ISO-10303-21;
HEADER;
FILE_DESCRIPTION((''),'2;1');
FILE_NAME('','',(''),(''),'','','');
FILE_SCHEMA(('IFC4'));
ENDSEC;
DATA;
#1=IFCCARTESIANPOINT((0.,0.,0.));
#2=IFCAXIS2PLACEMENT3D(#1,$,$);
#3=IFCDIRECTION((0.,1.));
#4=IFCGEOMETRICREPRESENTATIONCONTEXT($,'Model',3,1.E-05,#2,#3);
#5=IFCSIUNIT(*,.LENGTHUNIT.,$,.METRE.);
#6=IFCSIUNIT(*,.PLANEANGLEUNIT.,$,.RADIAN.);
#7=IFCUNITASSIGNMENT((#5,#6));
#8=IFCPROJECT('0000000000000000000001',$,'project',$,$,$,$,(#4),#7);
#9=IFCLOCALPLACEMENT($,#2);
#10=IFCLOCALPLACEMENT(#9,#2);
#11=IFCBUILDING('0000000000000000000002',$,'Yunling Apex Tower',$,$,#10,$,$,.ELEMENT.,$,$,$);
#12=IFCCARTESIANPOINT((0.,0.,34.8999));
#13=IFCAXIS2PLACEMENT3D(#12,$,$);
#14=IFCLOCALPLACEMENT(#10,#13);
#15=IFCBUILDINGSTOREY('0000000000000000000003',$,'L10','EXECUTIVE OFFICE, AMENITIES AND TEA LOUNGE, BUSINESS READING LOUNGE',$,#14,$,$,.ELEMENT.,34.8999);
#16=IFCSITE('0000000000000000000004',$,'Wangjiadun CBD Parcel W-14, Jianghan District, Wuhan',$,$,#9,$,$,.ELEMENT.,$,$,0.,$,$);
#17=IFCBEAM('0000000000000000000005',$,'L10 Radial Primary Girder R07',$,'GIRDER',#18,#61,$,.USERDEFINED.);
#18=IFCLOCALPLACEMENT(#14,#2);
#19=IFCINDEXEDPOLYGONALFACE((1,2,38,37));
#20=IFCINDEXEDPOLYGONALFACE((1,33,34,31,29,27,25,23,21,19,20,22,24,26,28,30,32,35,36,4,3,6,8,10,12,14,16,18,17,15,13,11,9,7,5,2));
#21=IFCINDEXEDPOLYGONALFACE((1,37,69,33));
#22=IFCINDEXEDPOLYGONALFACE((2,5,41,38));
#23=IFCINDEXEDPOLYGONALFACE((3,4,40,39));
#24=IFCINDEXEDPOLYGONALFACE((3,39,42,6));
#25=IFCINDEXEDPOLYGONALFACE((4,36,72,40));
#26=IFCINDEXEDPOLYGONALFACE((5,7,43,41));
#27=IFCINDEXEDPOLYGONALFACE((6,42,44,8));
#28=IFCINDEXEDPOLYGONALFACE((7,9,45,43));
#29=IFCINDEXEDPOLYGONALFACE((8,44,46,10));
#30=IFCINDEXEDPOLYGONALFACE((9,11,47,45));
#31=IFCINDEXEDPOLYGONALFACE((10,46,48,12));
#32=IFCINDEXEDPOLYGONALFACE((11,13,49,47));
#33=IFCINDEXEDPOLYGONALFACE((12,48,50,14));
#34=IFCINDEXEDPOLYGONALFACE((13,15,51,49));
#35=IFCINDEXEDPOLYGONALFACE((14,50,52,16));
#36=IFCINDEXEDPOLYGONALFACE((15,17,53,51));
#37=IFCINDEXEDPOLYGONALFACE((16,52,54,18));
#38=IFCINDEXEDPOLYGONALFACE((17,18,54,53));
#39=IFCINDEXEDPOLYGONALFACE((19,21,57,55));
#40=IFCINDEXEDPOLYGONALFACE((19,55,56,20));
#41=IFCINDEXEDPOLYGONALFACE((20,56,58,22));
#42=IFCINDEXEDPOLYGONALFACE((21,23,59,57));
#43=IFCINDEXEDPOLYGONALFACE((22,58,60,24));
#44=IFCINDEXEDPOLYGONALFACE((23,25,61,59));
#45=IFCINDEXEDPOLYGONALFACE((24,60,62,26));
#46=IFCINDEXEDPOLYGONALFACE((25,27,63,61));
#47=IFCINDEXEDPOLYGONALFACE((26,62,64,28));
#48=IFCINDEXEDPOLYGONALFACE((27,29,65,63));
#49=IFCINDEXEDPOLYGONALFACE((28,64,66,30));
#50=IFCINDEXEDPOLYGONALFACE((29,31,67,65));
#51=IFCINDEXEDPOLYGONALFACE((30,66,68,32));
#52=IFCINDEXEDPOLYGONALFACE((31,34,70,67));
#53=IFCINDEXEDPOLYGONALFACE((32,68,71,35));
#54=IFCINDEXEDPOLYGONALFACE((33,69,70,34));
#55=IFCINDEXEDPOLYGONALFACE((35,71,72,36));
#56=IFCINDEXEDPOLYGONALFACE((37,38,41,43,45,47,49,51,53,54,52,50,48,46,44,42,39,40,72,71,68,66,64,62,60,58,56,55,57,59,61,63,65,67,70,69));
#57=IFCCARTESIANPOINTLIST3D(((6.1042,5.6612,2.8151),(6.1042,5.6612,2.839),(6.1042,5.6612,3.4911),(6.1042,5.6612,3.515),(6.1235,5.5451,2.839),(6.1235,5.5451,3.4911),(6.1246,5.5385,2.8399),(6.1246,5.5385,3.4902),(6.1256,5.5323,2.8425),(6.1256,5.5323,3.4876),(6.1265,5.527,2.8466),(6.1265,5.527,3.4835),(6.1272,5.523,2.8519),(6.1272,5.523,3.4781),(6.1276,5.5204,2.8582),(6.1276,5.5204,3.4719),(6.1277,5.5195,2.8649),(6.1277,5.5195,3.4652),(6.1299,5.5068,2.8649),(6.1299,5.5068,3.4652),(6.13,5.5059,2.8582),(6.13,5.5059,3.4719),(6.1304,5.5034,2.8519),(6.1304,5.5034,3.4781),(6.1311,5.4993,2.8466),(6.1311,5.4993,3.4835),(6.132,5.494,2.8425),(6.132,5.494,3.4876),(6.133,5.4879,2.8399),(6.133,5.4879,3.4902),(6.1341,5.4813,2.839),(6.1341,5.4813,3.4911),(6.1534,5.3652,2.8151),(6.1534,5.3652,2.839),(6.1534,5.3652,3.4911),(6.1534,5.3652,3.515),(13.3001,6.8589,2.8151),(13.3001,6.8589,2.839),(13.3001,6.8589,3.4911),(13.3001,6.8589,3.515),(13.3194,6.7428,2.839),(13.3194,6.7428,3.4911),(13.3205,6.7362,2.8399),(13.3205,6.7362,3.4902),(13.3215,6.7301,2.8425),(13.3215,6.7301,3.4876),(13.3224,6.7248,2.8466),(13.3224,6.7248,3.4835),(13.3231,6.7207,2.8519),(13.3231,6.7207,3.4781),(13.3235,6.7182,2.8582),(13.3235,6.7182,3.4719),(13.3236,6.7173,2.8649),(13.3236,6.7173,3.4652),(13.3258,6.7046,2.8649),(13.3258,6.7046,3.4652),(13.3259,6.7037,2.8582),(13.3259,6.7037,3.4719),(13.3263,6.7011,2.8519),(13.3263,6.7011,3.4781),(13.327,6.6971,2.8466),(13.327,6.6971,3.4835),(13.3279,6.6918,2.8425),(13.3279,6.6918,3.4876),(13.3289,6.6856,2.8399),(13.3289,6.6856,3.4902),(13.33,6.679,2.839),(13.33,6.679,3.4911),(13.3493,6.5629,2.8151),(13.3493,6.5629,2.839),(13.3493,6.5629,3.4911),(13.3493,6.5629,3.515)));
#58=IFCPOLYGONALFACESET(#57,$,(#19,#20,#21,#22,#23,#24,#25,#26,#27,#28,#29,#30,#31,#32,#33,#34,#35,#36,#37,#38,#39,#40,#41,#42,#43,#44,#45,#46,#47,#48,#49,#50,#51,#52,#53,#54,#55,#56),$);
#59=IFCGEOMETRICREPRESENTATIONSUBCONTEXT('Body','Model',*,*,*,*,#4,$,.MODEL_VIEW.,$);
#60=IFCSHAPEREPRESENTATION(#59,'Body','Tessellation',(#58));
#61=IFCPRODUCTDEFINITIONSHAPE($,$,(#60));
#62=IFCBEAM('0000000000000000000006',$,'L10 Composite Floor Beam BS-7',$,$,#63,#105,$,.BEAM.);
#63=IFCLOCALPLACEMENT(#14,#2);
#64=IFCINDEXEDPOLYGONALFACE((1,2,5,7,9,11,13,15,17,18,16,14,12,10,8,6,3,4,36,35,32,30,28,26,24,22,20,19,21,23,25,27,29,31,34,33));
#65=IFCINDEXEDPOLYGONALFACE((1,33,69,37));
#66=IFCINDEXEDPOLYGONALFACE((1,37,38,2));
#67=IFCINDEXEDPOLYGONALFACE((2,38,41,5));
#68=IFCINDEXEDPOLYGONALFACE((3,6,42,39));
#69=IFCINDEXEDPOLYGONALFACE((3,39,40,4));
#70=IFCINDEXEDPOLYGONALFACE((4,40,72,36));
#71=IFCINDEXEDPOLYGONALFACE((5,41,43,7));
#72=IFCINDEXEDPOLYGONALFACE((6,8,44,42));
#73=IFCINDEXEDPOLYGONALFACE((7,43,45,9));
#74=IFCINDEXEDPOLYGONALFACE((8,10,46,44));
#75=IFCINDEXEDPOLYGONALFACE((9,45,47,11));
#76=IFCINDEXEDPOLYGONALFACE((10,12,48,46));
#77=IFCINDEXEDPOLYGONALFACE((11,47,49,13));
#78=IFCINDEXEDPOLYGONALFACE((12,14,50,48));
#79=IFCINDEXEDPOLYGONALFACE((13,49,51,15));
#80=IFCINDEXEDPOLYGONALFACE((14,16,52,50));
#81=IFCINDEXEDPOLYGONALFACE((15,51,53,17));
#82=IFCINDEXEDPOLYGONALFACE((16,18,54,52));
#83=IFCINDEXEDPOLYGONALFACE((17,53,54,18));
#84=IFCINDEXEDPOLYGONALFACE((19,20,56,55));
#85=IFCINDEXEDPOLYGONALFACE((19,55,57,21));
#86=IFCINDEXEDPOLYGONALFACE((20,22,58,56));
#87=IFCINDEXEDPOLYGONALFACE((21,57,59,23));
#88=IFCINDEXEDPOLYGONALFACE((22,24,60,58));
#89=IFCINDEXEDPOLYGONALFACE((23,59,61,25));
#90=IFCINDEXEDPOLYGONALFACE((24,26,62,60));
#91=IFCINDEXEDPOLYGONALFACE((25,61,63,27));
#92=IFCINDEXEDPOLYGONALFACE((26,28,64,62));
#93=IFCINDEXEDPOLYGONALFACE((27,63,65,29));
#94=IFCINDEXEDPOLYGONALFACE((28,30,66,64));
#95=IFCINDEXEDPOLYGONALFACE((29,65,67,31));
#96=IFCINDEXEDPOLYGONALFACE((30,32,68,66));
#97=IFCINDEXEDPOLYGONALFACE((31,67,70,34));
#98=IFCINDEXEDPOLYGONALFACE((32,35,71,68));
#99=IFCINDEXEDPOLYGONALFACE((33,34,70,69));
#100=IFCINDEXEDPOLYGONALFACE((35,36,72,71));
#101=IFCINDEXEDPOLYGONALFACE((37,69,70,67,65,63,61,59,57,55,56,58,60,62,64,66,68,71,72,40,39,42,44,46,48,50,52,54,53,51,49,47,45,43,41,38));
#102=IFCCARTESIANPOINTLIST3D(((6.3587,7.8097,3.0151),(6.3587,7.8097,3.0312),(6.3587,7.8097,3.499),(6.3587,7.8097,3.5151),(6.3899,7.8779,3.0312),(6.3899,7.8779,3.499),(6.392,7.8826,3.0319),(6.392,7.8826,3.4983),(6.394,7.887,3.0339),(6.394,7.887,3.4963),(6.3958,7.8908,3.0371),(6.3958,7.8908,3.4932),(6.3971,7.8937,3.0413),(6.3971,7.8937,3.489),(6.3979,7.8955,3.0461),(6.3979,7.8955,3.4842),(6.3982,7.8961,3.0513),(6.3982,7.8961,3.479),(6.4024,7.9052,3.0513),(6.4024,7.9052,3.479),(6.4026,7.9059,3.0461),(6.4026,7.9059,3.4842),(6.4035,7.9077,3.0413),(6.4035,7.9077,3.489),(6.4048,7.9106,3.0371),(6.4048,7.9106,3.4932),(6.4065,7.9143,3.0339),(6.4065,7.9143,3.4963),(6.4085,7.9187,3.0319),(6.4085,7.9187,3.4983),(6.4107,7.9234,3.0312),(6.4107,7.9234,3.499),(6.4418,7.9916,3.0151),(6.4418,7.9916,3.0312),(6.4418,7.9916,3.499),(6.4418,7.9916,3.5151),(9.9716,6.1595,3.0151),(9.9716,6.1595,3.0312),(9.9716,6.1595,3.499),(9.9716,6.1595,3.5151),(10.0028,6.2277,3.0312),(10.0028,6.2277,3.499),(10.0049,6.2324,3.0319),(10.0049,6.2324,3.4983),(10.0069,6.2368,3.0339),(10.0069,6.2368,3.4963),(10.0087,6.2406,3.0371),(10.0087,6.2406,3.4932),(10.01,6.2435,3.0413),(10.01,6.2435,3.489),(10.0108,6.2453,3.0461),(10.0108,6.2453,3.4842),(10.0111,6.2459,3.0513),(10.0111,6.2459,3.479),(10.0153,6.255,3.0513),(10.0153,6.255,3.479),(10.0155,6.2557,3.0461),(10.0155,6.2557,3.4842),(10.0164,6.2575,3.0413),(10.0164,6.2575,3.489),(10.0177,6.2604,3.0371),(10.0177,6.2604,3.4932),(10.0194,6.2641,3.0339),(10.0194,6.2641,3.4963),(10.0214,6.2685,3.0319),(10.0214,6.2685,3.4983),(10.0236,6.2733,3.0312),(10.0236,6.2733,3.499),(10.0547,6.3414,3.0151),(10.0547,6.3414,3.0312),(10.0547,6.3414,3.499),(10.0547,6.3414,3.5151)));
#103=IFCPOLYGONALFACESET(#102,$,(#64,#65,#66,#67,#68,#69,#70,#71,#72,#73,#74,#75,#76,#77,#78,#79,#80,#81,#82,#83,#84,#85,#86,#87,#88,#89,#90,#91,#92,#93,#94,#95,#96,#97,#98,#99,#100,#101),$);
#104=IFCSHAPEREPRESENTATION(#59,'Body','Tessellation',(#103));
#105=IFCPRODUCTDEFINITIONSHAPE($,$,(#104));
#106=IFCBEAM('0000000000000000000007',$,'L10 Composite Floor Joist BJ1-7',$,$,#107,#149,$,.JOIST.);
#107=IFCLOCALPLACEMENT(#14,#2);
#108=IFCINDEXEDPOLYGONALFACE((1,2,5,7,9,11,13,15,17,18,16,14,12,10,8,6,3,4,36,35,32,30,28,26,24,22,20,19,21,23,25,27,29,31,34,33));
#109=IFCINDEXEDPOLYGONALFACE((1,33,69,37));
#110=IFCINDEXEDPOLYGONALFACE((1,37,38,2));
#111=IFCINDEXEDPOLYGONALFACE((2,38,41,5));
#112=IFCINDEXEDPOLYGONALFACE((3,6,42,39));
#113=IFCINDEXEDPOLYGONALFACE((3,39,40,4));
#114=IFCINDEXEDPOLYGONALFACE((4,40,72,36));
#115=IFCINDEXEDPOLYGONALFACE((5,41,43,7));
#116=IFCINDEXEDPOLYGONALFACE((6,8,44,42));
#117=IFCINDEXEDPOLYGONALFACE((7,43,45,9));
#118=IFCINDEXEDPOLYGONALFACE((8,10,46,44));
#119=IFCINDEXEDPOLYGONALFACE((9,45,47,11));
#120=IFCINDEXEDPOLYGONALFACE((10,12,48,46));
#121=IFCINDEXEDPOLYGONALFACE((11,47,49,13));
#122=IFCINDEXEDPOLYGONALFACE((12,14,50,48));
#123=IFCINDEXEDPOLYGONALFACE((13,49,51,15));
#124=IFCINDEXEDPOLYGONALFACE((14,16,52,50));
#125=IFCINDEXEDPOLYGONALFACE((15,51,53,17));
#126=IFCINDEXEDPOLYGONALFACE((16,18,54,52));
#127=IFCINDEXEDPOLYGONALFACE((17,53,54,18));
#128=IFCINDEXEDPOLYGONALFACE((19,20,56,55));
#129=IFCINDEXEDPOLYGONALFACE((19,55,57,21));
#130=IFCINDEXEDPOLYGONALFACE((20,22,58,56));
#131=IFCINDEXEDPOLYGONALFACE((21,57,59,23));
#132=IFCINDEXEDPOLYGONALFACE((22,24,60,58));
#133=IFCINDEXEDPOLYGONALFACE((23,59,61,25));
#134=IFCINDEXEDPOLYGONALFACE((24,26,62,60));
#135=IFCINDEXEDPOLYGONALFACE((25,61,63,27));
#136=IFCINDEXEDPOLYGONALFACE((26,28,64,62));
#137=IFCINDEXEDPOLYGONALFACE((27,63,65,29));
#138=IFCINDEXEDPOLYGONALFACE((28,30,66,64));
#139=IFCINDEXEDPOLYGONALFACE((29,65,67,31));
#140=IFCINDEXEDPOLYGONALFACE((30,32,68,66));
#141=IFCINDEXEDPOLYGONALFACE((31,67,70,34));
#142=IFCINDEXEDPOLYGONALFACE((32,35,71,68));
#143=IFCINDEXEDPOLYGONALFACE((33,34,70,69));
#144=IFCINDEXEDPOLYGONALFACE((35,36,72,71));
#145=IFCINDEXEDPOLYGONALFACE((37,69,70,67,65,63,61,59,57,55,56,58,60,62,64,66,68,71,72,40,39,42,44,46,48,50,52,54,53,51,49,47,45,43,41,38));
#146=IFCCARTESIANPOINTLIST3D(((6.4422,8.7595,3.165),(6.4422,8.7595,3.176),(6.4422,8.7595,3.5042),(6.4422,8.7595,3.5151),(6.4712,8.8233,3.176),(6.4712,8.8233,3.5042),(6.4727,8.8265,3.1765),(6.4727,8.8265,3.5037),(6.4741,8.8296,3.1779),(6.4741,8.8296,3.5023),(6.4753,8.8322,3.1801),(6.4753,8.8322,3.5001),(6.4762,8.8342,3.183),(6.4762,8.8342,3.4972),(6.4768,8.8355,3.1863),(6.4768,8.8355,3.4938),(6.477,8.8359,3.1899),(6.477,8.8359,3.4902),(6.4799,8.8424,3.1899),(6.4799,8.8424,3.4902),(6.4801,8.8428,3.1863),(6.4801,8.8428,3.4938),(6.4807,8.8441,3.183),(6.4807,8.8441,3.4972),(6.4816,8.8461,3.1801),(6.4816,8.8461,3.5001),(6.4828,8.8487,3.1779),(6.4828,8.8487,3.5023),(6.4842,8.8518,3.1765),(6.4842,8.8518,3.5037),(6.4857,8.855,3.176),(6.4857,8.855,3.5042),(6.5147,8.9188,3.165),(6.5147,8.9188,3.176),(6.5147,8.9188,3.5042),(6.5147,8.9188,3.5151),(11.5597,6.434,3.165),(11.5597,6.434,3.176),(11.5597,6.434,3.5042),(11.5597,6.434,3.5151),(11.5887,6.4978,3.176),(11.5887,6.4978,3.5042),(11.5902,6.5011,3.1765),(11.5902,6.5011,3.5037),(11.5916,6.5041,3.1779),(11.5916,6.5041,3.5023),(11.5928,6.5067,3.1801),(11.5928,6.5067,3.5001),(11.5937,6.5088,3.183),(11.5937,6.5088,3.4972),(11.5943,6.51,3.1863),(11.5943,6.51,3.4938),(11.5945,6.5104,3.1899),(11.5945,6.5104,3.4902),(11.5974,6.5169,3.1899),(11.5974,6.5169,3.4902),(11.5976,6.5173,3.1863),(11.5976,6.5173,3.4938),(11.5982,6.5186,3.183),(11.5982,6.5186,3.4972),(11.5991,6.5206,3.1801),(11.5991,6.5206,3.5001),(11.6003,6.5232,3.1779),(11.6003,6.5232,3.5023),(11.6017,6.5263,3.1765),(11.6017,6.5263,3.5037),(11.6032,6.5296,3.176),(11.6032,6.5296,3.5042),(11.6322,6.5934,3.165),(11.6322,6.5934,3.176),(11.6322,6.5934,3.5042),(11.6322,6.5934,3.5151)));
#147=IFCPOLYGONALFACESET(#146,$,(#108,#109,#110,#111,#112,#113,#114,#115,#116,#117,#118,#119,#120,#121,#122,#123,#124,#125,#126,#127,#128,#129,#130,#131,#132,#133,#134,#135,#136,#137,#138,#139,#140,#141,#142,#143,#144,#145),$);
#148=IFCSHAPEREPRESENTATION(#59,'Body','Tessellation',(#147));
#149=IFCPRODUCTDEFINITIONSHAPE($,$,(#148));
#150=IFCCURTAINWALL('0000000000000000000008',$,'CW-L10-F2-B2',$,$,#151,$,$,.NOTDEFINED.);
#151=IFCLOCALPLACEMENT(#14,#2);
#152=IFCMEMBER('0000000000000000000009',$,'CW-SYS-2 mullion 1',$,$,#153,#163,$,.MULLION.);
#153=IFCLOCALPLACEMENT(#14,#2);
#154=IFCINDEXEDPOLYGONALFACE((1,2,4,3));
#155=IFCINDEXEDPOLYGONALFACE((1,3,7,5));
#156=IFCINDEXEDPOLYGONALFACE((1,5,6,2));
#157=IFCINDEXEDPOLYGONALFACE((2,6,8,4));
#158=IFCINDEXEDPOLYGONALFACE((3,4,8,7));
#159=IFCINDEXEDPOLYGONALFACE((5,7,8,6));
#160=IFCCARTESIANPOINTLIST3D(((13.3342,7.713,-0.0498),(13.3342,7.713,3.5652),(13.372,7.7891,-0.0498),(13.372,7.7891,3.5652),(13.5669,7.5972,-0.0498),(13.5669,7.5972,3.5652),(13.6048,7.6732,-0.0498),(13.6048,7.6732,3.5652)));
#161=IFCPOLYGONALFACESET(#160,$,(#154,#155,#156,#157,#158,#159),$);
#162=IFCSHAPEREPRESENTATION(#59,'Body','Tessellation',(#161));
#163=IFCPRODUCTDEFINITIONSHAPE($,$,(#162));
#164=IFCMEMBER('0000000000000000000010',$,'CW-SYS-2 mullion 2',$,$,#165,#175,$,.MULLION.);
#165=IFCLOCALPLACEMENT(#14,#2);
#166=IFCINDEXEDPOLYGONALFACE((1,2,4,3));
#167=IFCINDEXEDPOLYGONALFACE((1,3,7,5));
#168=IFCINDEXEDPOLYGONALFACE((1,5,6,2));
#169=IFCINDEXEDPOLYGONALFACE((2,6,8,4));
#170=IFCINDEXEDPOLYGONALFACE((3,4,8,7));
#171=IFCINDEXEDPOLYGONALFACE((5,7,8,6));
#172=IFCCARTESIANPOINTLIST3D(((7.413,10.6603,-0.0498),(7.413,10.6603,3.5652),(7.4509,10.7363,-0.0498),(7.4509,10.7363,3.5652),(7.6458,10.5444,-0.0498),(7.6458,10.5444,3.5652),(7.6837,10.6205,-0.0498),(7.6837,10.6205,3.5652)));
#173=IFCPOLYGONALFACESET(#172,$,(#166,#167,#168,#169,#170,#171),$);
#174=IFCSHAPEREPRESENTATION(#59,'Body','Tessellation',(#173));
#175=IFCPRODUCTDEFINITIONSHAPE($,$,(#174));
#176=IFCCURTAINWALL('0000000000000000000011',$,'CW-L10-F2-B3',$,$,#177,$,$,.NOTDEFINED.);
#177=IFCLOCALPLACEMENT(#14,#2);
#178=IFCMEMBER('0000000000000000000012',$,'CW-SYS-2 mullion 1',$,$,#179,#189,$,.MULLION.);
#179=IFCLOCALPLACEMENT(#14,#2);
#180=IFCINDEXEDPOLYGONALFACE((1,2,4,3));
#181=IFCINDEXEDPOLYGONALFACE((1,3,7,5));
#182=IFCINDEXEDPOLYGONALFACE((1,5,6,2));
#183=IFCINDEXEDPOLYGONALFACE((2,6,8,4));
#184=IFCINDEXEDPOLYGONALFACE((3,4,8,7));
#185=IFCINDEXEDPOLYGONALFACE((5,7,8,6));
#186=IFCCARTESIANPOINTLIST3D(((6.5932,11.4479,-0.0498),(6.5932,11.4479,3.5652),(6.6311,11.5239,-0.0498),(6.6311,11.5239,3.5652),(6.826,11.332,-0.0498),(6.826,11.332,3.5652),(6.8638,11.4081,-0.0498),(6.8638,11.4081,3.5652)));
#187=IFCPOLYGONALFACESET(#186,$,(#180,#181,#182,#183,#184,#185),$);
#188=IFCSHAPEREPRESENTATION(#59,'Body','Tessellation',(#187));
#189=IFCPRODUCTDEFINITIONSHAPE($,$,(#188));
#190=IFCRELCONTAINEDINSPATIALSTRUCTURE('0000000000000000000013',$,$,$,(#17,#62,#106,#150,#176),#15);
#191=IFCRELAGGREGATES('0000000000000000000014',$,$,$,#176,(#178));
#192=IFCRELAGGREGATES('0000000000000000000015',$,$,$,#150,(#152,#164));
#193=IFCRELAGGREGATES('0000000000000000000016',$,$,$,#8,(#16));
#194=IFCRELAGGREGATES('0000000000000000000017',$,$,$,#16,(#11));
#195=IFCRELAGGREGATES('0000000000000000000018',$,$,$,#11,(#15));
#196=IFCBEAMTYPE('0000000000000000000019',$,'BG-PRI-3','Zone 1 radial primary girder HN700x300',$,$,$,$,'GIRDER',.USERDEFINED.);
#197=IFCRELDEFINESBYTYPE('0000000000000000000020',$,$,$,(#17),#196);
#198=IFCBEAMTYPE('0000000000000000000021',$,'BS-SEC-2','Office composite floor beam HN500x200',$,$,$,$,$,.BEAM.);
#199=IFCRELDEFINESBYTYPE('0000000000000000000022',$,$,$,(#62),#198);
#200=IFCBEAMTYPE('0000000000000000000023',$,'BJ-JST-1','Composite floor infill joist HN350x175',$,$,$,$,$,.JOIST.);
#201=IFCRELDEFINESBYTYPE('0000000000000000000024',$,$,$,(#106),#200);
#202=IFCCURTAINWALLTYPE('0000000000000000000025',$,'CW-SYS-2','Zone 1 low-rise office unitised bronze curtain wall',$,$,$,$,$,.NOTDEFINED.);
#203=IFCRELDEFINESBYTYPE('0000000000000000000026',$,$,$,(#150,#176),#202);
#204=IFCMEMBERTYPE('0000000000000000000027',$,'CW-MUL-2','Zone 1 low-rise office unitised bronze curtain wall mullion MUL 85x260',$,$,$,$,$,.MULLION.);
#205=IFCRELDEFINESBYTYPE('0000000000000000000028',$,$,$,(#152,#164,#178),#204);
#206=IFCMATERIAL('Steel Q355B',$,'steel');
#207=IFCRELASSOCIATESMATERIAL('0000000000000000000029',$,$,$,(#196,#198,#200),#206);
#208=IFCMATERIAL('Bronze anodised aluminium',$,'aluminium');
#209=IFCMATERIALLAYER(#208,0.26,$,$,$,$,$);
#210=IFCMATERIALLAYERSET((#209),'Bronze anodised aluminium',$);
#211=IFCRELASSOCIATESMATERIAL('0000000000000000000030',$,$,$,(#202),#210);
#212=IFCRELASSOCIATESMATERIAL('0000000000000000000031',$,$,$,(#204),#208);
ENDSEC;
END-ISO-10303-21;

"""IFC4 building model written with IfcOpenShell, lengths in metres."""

from ifc_helpers import new_model, si_unit, direction, frame, origin, origin_2d, place, context, subcontext, project, spatial, rectangle, i_section, extrude, source, transform, mapped, material, layer, layer_set, material_profile, profile_set, type_object, element, aggregate, save


model = new_model("IFC4")

# Units and contexts
model_context = context("Model", 3, precision=1e-05, world=origin(), true_north=direction((0.0, 1.0)))
body_context = subcontext(model_context, "Body", "Model", "MODEL_VIEW")
ifc_project = project(units=[si_unit("LENGTHUNIT", "METRE"), si_unit("PLANEANGLEUNIT", "RADIAN")], contexts=[model_context])

# Site, building, storey
site_placement = place(None, origin())
site = spatial("IfcSite", under=ifc_project, at=site_placement, Name="Wangjiadun CBD Parcel W-14, Jianghan District, Wuhan", CompositionType="ELEMENT", RefElevation=0.0)
building_placement = place(site_placement, origin())
building = spatial("IfcBuilding", under=site, at=building_placement, Name="Yunling Apex Tower", CompositionType="ELEMENT")
storey_placement = place(building_placement, frame((0.0, 0.0, 34.8999)))
storey = spatial("IfcBuildingStorey", under=building, at=storey_placement, Name="L10", Description="EXECUTIVE OFFICE, AMENITIES AND TEA LOUNGE, BUSINESS READING LOUNGE", CompositionType="ELEMENT", Elevation=34.8999)

# Beams
ifc_material_1 = material(Name="Steel Q355B", Category="steel")
ifc_material_profile_1 = material_profile(ifc_material_1, i_section(OverallWidth=0.3, OverallDepth=0.7, WebThickness=0.0129, FlangeThickness=0.0239, FilletRadius=0.0259, at=origin_2d()))
ifc_profile_set_1 = profile_set([ifc_material_profile_1], Name="Steel Q355B")
beam_type_1 = type_object("IfcBeamType", Name="BG-PRI-3", Description="Zone 1 radial primary girder HN700x300", ElementType="GIRDER", PredefinedType="USERDEFINED", material=ifc_profile_set_1)
shared_shape_1 = source(origin(), body_context, "Body", "SweptSolid", [
    extrude(i_section(OverallWidth=0.3, OverallDepth=0.7, WebThickness=0.0129, FlangeThickness=0.0239, FilletRadius=0.0259, at=origin_2d()), origin(), (0.0, 0.0, 1.0), 7.2949),
])
beam_1_placement = place(storey_placement, frame((13.3247, 6.7109, 3.165), z_axis=(-0.986428, -0.164193, 0.0), x_axis=(0.164193, -0.986428, 0.0)))
element("IfcBeam", 1, at=beam_1_placement, inside=storey, type_object=beam_type_1, Name="L10 Radial Primary Girder R07", ObjectType="GIRDER", PredefinedType="USERDEFINED", context=body_context, shape_type="MappedRepresentation", body=[
    mapped(shared_shape_1, transform((0.0, 0.0, 0.0), scale=1.0)),
])
ifc_material_profile_2 = material_profile(ifc_material_1, i_section(OverallWidth=0.2, OverallDepth=0.5, WebThickness=0.01, FlangeThickness=0.0161, FilletRadius=0.02, at=origin_2d()))
ifc_profile_set_2 = profile_set([ifc_material_profile_2], Name="Steel Q355B")
beam_type_2 = type_object("IfcBeamType", Name="BS-SEC-2", Description="Office composite floor beam HN500x200", PredefinedType="BEAM", material=ifc_profile_set_2)
shared_shape_2 = source(origin(), body_context, "Body", "SweptSolid", [
    extrude(i_section(OverallWidth=0.2, OverallDepth=0.5, WebThickness=0.01, FlangeThickness=0.0161, FilletRadius=0.02, at=origin_2d()), origin(), (0.0, 0.0, 1.0), 3.9719),
])
beam_2_placement = place(storey_placement, frame((10.0132, 6.2505, 3.2651), z_axis=(-0.909609, 0.415465, 0.0), x_axis=(-0.415465, -0.909609, 0.0)))
element("IfcBeam", 2, at=beam_2_placement, inside=storey, type_object=beam_type_2, Name="L10 Composite Floor Beam BS-7", PredefinedType="BEAM", context=body_context, shape_type="MappedRepresentation", body=[
    mapped(shared_shape_2, transform((0.0, 0.0, 0.0), scale=1.0)),
])
ifc_material_profile_3 = material_profile(ifc_material_1, i_section(OverallWidth=0.175, OverallDepth=0.3501, WebThickness=0.0071, FlangeThickness=0.011, FilletRadius=0.0139, at=origin_2d()))
ifc_profile_set_3 = profile_set([ifc_material_profile_3], Name="Steel Q355B")
beam_type_3 = type_object("IfcBeamType", Name="BJ-JST-1", Description="Composite floor infill joist HN350x175", PredefinedType="JOIST", material=ifc_profile_set_3)
shared_shape_3 = source(origin(), body_context, "Body", "SweptSolid", [
    extrude(i_section(OverallWidth=0.175, OverallDepth=0.3501, WebThickness=0.0071, FlangeThickness=0.011, FilletRadius=0.0139, at=origin_2d()), origin(), (0.0, 0.0, 1.0), 5.6211),
])
beam_3_placement = place(storey_placement, frame((11.5959, 6.5137, 3.3401), z_axis=(-0.910411, 0.413705, 0.0), x_axis=(-0.413705, -0.910411, 0.0)))
element("IfcBeam", 3, at=beam_3_placement, inside=storey, type_object=beam_type_3, Name="L10 Composite Floor Joist BJ1-7", PredefinedType="JOIST", context=body_context, shape_type="MappedRepresentation", body=[
    mapped(shared_shape_3, transform((0.0, 0.0, 0.0), scale=1.0)),
])

# Curtain walls, members
ifc_material_2 = material(Name="Bronze anodised aluminium", Category="aluminium")
ifc_layer_1 = layer(ifc_material_2, 0.26)
ifc_layer_set_1 = layer_set([ifc_layer_1], Name="Bronze anodised aluminium")
curtain_wall_type = type_object("IfcCurtainWallType", Name="CW-SYS-2", Description="Zone 1 low-rise office unitised bronze curtain wall", PredefinedType="NOTDEFINED", material=ifc_layer_set_1)
curtain_wall_1_placement = place(storey_placement, origin())
curtain_wall_1 = element("IfcCurtainWall", 4, at=curtain_wall_1_placement, inside=storey, type_object=curtain_wall_type, Name="CW-L10-F2-B2", PredefinedType="NOTDEFINED")
ifc_material_profile_4 = material_profile(ifc_material_2, rectangle(XDim=0.085, YDim=0.26, at=origin_2d()))
ifc_profile_set_4 = profile_set([ifc_material_profile_4], Name="Bronze anodised aluminium")
member_type_1 = type_object("IfcMemberType", Name="CW-MUL-2", Description="Zone 1 low-rise office unitised bronze curtain wall mullion MUL 85x260", PredefinedType="MULLION", material=ifc_profile_set_4)
shared_shape_4 = source(origin(), body_context, "Body", "SweptSolid", [
    extrude(rectangle(XDim=0.085, YDim=0.26, at=origin_2d()), origin(), (0.0, 0.0, 1.0), 3.615),
])
member_1_placement = place(storey_placement, frame((13.4695, 7.6931, -0.0498), z_axis=(0.0, 0.0, 1.0), x_axis=(-0.445577, -0.895244, 0.0)))
member_1 = element("IfcMember", 5, at=member_1_placement, type_object=member_type_1, Name="CW-SYS-2 mullion 1", PredefinedType="MULLION", context=body_context, shape_type="MappedRepresentation", body=[
    mapped(shared_shape_4, transform((0.0, 0.0, 0.0), scale=1.0)),
])
member_2_placement = place(storey_placement, frame((7.5483, 10.6404, -0.0498), z_axis=(0.0, 0.0, 1.0), x_axis=(-0.445577, -0.895244, 0.0)))
member_2 = element("IfcMember", 6, at=member_2_placement, type_object=member_type_1, Name="CW-SYS-2 mullion 2", PredefinedType="MULLION", context=body_context, shape_type="MappedRepresentation", body=[
    mapped(shared_shape_4, transform((0.0, 0.0, 0.0), scale=1.0)),
])
curtain_wall_2_placement = place(storey_placement, origin())
curtain_wall_2 = element("IfcCurtainWall", 7, at=curtain_wall_2_placement, inside=storey, type_object=curtain_wall_type, Name="CW-L10-F2-B3", PredefinedType="NOTDEFINED")
member_3_placement = place(storey_placement, frame((6.7285, 11.428, -0.0498), z_axis=(0.0, 0.0, 1.0), x_axis=(-0.44558, -0.895242, 0.0)))
member_3 = element("IfcMember", 8, at=member_3_placement, type_object=member_type_1, Name="CW-SYS-2 mullion 1", PredefinedType="MULLION", context=body_context, shape_type="MappedRepresentation", body=[
    mapped(shared_shape_4, transform((0.0, 0.0, 0.0), scale=1.0)),
])
aggregate(curtain_wall_2, [member_3])

aggregate(curtain_wall_1, [member_1, member_2])

save(model, "model.ifc")
